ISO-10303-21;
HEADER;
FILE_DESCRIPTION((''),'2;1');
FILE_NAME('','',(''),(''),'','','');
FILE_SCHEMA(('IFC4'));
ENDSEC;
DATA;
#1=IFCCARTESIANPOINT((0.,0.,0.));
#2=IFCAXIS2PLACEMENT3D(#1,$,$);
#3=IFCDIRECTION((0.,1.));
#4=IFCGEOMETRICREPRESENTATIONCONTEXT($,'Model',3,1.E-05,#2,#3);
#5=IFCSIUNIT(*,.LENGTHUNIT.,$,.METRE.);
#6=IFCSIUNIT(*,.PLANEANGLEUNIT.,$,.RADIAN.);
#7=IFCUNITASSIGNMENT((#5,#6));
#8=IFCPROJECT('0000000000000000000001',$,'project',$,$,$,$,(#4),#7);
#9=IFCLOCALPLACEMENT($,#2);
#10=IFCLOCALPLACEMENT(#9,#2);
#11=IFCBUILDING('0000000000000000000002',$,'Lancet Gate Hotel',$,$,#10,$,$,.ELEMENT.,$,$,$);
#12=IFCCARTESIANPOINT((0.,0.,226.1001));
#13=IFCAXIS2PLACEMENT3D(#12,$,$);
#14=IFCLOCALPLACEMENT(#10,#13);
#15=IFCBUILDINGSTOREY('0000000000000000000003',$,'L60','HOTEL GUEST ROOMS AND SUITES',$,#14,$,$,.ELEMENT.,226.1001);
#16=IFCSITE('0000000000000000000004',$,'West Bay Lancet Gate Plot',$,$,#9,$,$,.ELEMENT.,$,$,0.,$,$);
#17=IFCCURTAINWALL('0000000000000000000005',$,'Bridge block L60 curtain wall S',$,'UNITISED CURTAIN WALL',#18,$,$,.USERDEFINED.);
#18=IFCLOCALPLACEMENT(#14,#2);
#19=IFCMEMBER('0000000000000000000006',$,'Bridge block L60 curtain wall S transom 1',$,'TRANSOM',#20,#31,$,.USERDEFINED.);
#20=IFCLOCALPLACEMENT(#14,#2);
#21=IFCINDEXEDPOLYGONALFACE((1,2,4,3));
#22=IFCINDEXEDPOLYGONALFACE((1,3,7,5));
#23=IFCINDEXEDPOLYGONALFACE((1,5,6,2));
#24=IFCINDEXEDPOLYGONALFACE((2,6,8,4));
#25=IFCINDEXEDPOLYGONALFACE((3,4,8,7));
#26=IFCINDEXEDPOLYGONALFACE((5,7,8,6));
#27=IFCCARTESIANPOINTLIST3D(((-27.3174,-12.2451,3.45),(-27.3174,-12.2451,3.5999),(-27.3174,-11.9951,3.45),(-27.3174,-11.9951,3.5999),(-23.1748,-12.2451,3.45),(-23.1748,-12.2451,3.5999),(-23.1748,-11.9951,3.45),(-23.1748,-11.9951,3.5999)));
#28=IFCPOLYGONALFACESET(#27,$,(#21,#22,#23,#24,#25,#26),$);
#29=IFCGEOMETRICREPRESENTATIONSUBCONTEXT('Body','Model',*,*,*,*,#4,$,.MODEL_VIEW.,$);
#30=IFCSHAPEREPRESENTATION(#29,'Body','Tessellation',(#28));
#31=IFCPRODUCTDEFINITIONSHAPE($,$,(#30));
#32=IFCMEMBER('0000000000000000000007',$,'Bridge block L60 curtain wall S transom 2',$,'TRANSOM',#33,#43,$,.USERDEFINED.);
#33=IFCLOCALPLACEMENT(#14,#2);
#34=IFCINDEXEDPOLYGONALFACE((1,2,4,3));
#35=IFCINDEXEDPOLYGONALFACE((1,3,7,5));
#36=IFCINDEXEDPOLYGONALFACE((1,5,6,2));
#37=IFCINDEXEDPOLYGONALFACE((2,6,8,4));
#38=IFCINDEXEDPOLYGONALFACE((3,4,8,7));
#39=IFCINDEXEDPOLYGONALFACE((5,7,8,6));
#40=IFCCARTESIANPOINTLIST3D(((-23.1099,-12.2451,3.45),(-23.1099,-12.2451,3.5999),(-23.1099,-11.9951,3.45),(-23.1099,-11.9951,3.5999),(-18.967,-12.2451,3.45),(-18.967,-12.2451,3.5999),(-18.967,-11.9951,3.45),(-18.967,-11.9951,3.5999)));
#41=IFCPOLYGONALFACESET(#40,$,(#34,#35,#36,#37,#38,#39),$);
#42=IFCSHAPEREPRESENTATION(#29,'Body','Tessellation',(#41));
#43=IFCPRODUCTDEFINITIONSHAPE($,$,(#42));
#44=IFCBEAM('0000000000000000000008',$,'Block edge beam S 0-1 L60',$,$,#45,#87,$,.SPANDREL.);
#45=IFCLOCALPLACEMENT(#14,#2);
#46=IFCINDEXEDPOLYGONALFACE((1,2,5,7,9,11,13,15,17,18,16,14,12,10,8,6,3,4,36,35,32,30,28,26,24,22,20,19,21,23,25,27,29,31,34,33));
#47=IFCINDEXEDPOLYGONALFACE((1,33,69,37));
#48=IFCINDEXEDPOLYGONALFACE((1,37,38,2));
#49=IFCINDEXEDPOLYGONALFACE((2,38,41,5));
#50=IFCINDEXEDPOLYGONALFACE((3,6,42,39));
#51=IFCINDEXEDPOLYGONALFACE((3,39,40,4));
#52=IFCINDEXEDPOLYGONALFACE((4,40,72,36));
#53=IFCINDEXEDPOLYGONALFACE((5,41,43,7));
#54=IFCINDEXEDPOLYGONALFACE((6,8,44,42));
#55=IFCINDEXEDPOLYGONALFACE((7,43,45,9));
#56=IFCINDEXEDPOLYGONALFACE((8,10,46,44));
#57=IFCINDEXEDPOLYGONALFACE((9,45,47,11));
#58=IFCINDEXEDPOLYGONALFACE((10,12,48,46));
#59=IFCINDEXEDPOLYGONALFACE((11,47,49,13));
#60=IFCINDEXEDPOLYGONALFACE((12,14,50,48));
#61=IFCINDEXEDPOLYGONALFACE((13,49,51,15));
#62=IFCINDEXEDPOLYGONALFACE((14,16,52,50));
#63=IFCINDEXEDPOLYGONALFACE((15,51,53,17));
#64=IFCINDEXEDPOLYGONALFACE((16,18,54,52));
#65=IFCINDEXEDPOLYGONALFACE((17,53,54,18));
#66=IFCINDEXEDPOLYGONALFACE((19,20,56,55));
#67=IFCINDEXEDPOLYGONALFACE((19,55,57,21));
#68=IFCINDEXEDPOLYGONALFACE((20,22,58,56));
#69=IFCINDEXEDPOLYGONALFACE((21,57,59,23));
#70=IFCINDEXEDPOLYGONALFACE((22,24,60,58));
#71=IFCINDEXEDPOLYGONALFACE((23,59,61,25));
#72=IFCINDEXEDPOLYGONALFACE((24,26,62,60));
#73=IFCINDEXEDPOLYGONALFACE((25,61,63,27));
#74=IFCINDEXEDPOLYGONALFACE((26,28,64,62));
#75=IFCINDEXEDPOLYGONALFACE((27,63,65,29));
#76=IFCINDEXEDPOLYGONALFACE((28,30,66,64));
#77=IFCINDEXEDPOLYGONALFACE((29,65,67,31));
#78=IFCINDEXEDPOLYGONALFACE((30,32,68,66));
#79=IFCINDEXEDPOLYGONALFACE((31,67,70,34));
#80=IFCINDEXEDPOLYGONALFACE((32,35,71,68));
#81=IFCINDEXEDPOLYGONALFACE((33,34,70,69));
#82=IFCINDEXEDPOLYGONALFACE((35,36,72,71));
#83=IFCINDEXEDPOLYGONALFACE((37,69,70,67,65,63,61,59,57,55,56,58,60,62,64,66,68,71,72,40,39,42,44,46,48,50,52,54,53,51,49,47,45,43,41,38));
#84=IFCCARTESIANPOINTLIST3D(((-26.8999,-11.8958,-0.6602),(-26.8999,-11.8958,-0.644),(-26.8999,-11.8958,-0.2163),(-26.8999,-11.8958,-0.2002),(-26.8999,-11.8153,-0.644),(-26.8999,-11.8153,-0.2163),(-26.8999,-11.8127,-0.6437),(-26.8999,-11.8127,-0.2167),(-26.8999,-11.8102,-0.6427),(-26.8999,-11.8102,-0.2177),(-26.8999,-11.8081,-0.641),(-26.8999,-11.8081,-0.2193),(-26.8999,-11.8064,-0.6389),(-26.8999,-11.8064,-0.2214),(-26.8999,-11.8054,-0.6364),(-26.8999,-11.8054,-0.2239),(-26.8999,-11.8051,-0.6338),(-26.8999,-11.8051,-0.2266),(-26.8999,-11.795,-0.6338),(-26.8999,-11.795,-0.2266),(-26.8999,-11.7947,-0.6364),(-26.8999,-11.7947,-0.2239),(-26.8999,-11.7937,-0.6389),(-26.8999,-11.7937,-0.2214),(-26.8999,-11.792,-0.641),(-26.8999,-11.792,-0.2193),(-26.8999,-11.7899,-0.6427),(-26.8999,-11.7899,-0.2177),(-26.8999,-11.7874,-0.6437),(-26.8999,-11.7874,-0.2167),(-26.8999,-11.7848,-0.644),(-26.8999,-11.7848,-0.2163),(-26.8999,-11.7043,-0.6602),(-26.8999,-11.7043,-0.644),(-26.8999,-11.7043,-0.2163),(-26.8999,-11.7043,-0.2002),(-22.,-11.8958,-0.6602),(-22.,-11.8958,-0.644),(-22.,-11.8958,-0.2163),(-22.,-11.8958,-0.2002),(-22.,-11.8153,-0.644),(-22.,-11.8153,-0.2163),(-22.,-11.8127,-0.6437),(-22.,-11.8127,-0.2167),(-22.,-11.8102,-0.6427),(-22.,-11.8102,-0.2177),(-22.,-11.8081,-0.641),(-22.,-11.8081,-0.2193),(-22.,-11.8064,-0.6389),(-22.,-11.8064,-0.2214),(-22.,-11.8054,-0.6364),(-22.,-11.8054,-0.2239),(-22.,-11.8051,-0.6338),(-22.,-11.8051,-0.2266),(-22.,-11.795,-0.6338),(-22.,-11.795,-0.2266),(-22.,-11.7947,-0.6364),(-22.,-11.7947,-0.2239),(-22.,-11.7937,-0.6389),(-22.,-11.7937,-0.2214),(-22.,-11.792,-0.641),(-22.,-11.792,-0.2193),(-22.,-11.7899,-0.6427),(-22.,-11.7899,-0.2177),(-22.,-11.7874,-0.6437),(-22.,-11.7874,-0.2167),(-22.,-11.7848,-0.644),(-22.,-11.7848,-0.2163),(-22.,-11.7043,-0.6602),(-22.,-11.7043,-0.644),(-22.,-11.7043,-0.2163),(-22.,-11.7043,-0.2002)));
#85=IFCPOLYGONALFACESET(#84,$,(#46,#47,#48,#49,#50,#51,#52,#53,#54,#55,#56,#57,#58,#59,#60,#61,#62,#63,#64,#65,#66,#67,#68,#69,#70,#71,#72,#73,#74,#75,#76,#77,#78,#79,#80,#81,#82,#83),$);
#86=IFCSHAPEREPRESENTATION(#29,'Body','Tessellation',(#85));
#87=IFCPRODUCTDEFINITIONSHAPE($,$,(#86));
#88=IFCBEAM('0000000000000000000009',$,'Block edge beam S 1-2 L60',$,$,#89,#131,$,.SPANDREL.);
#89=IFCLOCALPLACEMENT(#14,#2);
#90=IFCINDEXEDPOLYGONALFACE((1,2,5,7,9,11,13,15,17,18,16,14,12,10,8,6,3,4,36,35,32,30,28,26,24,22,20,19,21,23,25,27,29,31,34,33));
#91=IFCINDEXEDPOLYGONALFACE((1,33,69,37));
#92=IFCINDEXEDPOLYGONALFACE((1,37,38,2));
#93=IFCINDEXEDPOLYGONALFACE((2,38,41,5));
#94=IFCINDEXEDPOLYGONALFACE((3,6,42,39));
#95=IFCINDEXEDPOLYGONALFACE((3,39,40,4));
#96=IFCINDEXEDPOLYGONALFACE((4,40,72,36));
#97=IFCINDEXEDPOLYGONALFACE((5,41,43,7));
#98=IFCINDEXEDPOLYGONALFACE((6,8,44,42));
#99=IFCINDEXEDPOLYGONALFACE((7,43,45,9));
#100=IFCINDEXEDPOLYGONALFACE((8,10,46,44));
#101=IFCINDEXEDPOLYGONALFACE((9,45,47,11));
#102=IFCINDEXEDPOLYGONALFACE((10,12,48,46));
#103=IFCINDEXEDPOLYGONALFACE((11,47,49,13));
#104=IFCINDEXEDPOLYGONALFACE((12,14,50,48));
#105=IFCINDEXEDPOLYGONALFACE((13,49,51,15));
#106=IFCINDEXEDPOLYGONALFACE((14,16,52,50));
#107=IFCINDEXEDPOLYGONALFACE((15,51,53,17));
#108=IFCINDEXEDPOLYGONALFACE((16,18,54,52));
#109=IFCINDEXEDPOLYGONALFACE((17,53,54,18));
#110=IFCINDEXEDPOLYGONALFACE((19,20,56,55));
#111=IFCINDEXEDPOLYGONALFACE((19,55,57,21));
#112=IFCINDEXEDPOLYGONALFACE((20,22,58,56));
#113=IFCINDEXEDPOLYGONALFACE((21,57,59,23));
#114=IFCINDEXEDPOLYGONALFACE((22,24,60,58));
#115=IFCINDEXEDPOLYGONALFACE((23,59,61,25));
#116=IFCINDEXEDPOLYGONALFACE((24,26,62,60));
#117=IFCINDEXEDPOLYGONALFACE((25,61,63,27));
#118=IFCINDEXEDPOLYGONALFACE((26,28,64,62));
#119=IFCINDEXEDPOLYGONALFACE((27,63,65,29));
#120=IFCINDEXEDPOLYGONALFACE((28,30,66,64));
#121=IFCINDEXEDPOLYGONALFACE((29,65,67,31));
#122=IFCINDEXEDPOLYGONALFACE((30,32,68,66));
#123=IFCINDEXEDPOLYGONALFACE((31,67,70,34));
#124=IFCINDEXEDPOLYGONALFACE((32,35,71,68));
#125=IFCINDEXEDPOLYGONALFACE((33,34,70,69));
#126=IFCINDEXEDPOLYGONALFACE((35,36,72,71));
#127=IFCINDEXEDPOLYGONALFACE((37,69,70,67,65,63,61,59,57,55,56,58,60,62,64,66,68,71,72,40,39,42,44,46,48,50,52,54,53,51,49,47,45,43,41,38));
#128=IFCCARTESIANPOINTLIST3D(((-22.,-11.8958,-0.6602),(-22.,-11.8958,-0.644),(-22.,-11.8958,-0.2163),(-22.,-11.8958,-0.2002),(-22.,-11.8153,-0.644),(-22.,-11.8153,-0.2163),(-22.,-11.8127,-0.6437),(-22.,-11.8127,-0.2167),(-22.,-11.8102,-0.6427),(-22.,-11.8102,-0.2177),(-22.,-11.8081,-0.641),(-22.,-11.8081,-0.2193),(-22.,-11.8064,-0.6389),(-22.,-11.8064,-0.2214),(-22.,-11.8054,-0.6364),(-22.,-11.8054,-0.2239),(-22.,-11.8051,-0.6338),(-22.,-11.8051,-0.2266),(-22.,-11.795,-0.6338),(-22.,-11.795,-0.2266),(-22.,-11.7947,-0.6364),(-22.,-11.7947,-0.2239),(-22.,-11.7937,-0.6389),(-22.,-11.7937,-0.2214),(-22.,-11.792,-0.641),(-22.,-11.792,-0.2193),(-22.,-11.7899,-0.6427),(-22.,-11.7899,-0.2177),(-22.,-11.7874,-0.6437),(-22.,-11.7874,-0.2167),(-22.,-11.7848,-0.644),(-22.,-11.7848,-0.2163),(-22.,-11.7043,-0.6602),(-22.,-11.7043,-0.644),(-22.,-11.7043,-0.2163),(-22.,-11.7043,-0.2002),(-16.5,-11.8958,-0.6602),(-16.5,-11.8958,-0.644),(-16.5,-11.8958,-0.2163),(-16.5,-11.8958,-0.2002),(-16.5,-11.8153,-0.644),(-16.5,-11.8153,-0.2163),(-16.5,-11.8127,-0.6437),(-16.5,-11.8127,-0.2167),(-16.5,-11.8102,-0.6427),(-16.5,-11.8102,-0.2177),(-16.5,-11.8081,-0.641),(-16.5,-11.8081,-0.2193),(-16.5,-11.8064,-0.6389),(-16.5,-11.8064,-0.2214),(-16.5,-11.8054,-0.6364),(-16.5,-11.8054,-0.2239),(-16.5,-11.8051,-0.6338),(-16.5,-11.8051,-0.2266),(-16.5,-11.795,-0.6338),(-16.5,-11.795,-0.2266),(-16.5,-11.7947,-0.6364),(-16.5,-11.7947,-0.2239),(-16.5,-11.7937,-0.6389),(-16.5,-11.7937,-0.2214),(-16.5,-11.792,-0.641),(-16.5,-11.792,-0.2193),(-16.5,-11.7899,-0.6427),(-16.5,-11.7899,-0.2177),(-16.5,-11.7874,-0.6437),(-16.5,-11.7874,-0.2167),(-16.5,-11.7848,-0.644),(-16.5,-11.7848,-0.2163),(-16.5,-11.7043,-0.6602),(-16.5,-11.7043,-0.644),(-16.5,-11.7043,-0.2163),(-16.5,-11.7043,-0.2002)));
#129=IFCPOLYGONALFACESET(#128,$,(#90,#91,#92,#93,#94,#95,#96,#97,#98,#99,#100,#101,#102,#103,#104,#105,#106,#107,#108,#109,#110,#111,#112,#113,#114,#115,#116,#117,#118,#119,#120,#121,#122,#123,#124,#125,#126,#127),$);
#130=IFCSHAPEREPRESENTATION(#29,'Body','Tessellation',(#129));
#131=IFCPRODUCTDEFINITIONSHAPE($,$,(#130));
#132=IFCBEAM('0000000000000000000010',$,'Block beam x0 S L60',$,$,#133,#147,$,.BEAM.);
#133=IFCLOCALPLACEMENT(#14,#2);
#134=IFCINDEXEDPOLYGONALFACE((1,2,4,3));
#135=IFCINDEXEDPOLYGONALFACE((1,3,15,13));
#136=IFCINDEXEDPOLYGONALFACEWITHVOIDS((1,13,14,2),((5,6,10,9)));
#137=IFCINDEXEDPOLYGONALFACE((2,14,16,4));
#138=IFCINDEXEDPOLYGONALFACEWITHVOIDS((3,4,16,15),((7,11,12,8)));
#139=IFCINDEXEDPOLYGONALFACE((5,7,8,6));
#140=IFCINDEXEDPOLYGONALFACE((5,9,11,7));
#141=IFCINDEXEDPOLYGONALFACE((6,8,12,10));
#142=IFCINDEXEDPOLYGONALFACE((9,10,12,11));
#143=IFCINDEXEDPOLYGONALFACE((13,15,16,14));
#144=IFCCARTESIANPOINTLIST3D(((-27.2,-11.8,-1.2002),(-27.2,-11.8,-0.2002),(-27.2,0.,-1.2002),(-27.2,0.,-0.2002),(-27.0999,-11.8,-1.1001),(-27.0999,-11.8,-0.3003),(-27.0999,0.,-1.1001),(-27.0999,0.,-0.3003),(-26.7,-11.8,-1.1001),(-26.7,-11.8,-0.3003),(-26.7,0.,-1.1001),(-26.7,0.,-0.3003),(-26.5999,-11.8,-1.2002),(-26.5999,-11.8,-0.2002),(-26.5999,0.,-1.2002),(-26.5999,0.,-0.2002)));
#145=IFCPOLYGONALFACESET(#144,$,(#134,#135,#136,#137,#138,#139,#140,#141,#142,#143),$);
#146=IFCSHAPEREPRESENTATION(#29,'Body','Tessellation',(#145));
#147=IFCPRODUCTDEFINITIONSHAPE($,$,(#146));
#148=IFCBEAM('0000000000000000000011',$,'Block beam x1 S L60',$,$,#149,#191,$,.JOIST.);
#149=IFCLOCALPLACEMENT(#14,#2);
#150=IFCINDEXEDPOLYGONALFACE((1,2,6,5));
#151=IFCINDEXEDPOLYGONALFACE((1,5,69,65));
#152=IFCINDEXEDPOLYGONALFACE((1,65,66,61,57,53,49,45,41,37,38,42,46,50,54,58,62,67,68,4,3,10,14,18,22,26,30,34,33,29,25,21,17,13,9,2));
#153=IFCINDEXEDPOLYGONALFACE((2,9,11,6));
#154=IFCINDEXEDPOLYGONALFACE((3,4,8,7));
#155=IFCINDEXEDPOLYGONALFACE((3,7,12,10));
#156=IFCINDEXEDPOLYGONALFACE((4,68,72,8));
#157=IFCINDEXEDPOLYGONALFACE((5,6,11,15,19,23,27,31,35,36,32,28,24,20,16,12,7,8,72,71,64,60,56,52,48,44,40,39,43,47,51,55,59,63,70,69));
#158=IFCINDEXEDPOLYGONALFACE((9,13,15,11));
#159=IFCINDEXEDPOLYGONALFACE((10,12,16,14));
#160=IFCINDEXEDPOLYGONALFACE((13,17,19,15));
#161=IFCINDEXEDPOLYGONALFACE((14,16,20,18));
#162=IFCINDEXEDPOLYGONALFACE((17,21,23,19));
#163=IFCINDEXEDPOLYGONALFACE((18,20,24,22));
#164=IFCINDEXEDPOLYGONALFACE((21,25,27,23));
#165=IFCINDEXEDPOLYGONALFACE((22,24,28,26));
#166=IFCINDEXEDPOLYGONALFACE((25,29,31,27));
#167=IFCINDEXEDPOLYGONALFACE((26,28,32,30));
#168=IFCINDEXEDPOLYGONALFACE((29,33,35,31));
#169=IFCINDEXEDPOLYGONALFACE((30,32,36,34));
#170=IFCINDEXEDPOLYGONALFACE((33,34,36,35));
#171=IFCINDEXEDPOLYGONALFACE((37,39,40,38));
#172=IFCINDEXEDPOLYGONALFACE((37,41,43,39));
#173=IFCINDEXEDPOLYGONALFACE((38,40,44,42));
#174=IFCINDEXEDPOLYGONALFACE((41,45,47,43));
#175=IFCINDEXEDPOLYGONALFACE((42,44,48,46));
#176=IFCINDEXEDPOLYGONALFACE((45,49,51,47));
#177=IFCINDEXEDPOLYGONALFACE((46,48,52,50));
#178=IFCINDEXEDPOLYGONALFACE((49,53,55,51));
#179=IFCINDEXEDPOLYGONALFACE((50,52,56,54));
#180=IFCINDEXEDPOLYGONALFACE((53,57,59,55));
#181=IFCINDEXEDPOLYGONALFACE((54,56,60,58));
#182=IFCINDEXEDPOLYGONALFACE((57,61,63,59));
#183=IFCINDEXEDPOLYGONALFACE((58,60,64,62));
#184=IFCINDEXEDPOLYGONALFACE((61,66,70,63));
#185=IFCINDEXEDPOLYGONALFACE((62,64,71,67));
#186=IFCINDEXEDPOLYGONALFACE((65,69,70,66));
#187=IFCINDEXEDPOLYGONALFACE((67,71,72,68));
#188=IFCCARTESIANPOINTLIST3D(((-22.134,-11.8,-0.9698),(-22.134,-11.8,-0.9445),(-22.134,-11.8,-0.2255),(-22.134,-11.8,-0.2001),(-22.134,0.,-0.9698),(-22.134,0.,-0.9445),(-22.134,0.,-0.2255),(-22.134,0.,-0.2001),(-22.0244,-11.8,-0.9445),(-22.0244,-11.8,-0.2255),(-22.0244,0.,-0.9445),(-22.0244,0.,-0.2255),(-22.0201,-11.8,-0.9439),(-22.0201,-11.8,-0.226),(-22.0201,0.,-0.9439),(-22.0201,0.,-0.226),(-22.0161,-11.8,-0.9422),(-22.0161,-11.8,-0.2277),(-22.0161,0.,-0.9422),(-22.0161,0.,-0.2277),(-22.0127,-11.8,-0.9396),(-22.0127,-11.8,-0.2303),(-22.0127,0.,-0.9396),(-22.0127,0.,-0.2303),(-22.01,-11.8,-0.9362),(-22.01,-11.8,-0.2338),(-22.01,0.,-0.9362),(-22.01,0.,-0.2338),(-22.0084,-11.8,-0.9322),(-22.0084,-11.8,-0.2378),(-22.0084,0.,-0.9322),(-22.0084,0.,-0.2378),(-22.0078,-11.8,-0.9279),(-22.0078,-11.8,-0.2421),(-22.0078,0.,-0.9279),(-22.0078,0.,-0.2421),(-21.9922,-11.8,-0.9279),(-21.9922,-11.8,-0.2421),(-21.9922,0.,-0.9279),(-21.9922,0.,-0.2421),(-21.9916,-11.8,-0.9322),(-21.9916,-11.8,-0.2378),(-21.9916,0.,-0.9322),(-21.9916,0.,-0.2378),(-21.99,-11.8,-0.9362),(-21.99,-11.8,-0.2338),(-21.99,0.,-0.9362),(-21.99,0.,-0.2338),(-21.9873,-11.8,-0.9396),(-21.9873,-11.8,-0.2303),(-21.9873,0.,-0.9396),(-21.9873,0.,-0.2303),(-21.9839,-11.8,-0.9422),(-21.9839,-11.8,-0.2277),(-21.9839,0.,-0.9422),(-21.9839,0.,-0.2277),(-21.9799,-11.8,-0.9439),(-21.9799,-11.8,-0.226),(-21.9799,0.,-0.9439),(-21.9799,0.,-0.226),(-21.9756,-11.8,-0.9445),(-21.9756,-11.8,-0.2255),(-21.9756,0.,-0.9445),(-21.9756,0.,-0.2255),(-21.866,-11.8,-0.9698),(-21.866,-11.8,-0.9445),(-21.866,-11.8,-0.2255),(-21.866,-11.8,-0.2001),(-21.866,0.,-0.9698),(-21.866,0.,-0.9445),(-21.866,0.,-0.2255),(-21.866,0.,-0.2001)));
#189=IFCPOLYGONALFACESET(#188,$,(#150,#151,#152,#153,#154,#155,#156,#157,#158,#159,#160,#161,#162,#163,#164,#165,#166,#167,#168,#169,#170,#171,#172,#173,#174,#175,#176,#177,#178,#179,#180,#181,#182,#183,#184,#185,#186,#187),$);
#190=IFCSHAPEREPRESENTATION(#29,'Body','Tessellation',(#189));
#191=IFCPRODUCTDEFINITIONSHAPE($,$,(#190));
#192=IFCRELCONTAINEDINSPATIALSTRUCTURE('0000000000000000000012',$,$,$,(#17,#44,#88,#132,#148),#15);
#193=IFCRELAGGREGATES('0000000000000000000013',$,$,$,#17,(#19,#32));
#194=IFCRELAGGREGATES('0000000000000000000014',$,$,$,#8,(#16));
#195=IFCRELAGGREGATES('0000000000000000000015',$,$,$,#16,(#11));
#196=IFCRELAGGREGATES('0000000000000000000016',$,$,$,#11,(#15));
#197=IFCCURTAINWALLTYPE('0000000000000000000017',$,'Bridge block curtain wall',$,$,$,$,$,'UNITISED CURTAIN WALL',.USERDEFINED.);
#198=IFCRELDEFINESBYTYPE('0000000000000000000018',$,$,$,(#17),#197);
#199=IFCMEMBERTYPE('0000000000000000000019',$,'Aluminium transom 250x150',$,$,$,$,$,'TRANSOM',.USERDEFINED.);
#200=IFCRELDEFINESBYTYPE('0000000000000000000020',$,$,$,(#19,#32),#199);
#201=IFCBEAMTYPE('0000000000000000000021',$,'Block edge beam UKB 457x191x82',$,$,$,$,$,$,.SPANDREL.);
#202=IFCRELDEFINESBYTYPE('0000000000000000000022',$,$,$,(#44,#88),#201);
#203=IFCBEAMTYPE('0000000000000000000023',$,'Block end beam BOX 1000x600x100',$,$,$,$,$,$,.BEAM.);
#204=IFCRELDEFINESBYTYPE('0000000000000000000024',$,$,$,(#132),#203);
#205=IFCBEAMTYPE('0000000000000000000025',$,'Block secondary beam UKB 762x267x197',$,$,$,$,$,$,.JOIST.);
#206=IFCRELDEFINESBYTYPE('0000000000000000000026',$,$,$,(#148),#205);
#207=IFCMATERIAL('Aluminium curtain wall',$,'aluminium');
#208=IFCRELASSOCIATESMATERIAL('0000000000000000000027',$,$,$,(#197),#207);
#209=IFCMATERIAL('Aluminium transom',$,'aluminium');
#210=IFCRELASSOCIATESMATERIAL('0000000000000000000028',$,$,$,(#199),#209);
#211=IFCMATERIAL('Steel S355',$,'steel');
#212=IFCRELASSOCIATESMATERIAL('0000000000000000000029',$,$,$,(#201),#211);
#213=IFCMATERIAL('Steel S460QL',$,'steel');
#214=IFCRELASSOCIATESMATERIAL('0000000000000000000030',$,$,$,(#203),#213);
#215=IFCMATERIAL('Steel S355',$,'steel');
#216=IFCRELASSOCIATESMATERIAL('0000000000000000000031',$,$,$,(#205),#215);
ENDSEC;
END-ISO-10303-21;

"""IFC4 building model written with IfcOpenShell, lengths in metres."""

from ifc_helpers import new_model, si_unit, direction, frame, origin, origin_2d, place, context, subcontext, project, spatial, rectangle, hollow_rectangle, i_section, extrude, material, material_profile, profile_set, type_object, element, aggregate, save


model = new_model("IFC4")

# Units and contexts
model_context = context("Model", 3, precision=1e-05, world=origin(), true_north=direction((0.0, 1.0)))
body_context = subcontext(model_context, "Body", "Model", "MODEL_VIEW")
ifc_project = project(units=[si_unit("LENGTHUNIT", "METRE"), si_unit("PLANEANGLEUNIT", "RADIAN")], contexts=[model_context])

# Site, building, storey
site_placement = place(None, origin())
site = spatial("IfcSite", under=ifc_project, at=site_placement, Name="West Bay Lancet Gate Plot", CompositionType="ELEMENT", RefElevation=0.0)
building_placement = place(site_placement, origin())
building = spatial("IfcBuilding", under=site, at=building_placement, Name="Lancet Gate Hotel", CompositionType="ELEMENT")
storey_placement = place(building_placement, frame((0.0, 0.0, 226.1001)))
storey = spatial("IfcBuildingStorey", under=building, at=storey_placement, Name="L60", Description="HOTEL GUEST ROOMS AND SUITES", CompositionType="ELEMENT", Elevation=226.1001)

# Curtain wall
ifc_material_1 = material(Name="Aluminium curtain wall", Category="aluminium")
curtain_wall_type_1 = type_object("IfcCurtainWallType", Name="Bridge block curtain wall", ElementType="UNITISED CURTAIN WALL", PredefinedType="USERDEFINED", material=ifc_material_1)
curtain_wall_1_placement = place(storey_placement, origin())
curtain_wall_1 = element("IfcCurtainWall", 1, at=curtain_wall_1_placement, inside=storey, type_object=curtain_wall_type_1, Name="Bridge block L60 curtain wall S", ObjectType="UNITISED CURTAIN WALL", PredefinedType="USERDEFINED")

# Members
ifc_material_2 = material(Name="Aluminium transom", Category="aluminium")
ifc_material_profile_1 = material_profile(ifc_material_2, rectangle(XDim=0.25, YDim=0.1499, at=origin_2d()), Name="TRANSOM 250x150")
ifc_profile_set_1 = profile_set([ifc_material_profile_1], Name="Aluminium transom")
member_type_1 = type_object("IfcMemberType", Name="Aluminium transom 250x150", ElementType="TRANSOM", PredefinedType="USERDEFINED", material=ifc_profile_set_1)
member_1_placement = place(storey_placement, frame((-27.3174, -12.1201, 3.5249), z_axis=(1.0, 0.0, 0.0), x_axis=(0.0, 1.0, 0.0)))
member_1 = element("IfcMember", 2, at=member_1_placement, type_object=member_type_1, Name="Bridge block L60 curtain wall S transom 1", ObjectType="TRANSOM", PredefinedType="USERDEFINED", context=body_context, shape_type="SweptSolid", body=[
    extrude(rectangle(XDim=0.25, YDim=0.1499, at=origin_2d()), origin(), (0.0, 0.0, 1.0), 4.1426),
])
member_2_placement = place(storey_placement, frame((-23.1099, -12.1201, 3.5249), z_axis=(1.0, 0.0, 0.0), x_axis=(0.0, 1.0, 0.0)))
member_2 = element("IfcMember", 3, at=member_2_placement, type_object=member_type_1, Name="Bridge block L60 curtain wall S transom 2", ObjectType="TRANSOM", PredefinedType="USERDEFINED", context=body_context, shape_type="SweptSolid", body=[
    extrude(rectangle(XDim=0.25, YDim=0.1499, at=origin_2d()), origin(), (0.0, 0.0, 1.0), 4.1428),
])

# Beams
ifc_material_3 = material(Name="Steel S355", Category="steel")
ifc_material_profile_2 = material_profile(ifc_material_3, i_section(OverallWidth=0.1914, OverallDepth=0.46, WebThickness=0.01, FlangeThickness=0.0161, FilletRadius=0.0103, at=origin_2d()), Name="UKB 457x191x82")
ifc_profile_set_2 = profile_set([ifc_material_profile_2], Name="Steel S355")
beam_type_1 = type_object("IfcBeamType", Name="Block edge beam UKB 457x191x82", PredefinedType="SPANDREL", material=ifc_profile_set_2)
beam_1_placement = place(storey_placement, frame((-26.8999, -11.8, -0.4302), z_axis=(1.0, 0.0, 0.0), x_axis=(0.0, 1.0, 0.0)))
element("IfcBeam", 4, at=beam_1_placement, inside=storey, type_object=beam_type_1, Name="Block edge beam S 0-1 L60", PredefinedType="SPANDREL", context=body_context, shape_type="SweptSolid", body=[
    extrude(i_section(OverallWidth=0.1914, OverallDepth=0.46, WebThickness=0.01, FlangeThickness=0.0161, FilletRadius=0.0103, at=origin_2d()), origin(), (0.0, 0.0, 1.0), 4.8999),
])
beam_2_placement = place(storey_placement, frame((-22.0, -11.8, -0.4302), z_axis=(1.0, 0.0, 0.0), x_axis=(0.0, 1.0, 0.0)))
element("IfcBeam", 5, at=beam_2_placement, inside=storey, type_object=beam_type_1, Name="Block edge beam S 1-2 L60", PredefinedType="SPANDREL", context=body_context, shape_type="SweptSolid", body=[
    extrude(i_section(OverallWidth=0.1914, OverallDepth=0.46, WebThickness=0.01, FlangeThickness=0.0161, FilletRadius=0.0103, at=origin_2d()), origin(), (0.0, 0.0, 1.0), 5.5),
])
ifc_material_4 = material(Name="Steel S460QL", Category="steel")
ifc_material_profile_3 = material_profile(ifc_material_4, hollow_rectangle(XDim=0.6001, YDim=1.0, WallThickness=0.1001, at=origin_2d()), Name="BOX 1000x600x100")
ifc_profile_set_3 = profile_set([ifc_material_profile_3], Name="Steel S460QL")
beam_type_2 = type_object("IfcBeamType", Name="Block end beam BOX 1000x600x100", PredefinedType="BEAM", material=ifc_profile_set_3)
beam_3_placement = place(storey_placement, frame((-26.8999, -11.8, -0.7002), z_axis=(0.0, 1.0, 0.0), x_axis=(-1.0, 0.0, 0.0)))
element("IfcBeam", 6, at=beam_3_placement, inside=storey, type_object=beam_type_2, Name="Block beam x0 S L60", PredefinedType="BEAM", context=body_context, shape_type="SweptSolid", body=[
    extrude(hollow_rectangle(XDim=0.6001, YDim=1.0, WallThickness=0.1001, at=origin_2d()), origin(), (0.0, 0.0, 1.0), 11.8),
])
ifc_material_5 = material(Name="Steel S355", Category="steel")
ifc_material_profile_4 = material_profile(ifc_material_5, i_section(OverallWidth=0.2681, OverallDepth=0.7698, WebThickness=0.0156, FlangeThickness=0.0254, FilletRadius=0.0166, at=origin_2d()), Name="UKB 762x267x197")
ifc_profile_set_4 = profile_set([ifc_material_profile_4], Name="Steel S355")
beam_type_3 = type_object("IfcBeamType", Name="Block secondary beam UKB 762x267x197", PredefinedType="JOIST", material=ifc_profile_set_4)
beam_4_placement = place(storey_placement, frame((-22.0, -11.8, -0.585), z_axis=(0.0, 1.0, 0.0), x_axis=(-1.0, 0.0, 0.0)))
element("IfcBeam", 7, at=beam_4_placement, inside=storey, type_object=beam_type_3, Name="Block beam x1 S L60", PredefinedType="JOIST", context=body_context, shape_type="SweptSolid", body=[
    extrude(i_section(OverallWidth=0.2681, OverallDepth=0.7698, WebThickness=0.0156, FlangeThickness=0.0254, FilletRadius=0.0166, at=origin_2d()), origin(), (0.0, 0.0, 1.0), 11.8),
])

aggregate(curtain_wall_1, [member_1, member_2])

save(model, "model.ifc")
